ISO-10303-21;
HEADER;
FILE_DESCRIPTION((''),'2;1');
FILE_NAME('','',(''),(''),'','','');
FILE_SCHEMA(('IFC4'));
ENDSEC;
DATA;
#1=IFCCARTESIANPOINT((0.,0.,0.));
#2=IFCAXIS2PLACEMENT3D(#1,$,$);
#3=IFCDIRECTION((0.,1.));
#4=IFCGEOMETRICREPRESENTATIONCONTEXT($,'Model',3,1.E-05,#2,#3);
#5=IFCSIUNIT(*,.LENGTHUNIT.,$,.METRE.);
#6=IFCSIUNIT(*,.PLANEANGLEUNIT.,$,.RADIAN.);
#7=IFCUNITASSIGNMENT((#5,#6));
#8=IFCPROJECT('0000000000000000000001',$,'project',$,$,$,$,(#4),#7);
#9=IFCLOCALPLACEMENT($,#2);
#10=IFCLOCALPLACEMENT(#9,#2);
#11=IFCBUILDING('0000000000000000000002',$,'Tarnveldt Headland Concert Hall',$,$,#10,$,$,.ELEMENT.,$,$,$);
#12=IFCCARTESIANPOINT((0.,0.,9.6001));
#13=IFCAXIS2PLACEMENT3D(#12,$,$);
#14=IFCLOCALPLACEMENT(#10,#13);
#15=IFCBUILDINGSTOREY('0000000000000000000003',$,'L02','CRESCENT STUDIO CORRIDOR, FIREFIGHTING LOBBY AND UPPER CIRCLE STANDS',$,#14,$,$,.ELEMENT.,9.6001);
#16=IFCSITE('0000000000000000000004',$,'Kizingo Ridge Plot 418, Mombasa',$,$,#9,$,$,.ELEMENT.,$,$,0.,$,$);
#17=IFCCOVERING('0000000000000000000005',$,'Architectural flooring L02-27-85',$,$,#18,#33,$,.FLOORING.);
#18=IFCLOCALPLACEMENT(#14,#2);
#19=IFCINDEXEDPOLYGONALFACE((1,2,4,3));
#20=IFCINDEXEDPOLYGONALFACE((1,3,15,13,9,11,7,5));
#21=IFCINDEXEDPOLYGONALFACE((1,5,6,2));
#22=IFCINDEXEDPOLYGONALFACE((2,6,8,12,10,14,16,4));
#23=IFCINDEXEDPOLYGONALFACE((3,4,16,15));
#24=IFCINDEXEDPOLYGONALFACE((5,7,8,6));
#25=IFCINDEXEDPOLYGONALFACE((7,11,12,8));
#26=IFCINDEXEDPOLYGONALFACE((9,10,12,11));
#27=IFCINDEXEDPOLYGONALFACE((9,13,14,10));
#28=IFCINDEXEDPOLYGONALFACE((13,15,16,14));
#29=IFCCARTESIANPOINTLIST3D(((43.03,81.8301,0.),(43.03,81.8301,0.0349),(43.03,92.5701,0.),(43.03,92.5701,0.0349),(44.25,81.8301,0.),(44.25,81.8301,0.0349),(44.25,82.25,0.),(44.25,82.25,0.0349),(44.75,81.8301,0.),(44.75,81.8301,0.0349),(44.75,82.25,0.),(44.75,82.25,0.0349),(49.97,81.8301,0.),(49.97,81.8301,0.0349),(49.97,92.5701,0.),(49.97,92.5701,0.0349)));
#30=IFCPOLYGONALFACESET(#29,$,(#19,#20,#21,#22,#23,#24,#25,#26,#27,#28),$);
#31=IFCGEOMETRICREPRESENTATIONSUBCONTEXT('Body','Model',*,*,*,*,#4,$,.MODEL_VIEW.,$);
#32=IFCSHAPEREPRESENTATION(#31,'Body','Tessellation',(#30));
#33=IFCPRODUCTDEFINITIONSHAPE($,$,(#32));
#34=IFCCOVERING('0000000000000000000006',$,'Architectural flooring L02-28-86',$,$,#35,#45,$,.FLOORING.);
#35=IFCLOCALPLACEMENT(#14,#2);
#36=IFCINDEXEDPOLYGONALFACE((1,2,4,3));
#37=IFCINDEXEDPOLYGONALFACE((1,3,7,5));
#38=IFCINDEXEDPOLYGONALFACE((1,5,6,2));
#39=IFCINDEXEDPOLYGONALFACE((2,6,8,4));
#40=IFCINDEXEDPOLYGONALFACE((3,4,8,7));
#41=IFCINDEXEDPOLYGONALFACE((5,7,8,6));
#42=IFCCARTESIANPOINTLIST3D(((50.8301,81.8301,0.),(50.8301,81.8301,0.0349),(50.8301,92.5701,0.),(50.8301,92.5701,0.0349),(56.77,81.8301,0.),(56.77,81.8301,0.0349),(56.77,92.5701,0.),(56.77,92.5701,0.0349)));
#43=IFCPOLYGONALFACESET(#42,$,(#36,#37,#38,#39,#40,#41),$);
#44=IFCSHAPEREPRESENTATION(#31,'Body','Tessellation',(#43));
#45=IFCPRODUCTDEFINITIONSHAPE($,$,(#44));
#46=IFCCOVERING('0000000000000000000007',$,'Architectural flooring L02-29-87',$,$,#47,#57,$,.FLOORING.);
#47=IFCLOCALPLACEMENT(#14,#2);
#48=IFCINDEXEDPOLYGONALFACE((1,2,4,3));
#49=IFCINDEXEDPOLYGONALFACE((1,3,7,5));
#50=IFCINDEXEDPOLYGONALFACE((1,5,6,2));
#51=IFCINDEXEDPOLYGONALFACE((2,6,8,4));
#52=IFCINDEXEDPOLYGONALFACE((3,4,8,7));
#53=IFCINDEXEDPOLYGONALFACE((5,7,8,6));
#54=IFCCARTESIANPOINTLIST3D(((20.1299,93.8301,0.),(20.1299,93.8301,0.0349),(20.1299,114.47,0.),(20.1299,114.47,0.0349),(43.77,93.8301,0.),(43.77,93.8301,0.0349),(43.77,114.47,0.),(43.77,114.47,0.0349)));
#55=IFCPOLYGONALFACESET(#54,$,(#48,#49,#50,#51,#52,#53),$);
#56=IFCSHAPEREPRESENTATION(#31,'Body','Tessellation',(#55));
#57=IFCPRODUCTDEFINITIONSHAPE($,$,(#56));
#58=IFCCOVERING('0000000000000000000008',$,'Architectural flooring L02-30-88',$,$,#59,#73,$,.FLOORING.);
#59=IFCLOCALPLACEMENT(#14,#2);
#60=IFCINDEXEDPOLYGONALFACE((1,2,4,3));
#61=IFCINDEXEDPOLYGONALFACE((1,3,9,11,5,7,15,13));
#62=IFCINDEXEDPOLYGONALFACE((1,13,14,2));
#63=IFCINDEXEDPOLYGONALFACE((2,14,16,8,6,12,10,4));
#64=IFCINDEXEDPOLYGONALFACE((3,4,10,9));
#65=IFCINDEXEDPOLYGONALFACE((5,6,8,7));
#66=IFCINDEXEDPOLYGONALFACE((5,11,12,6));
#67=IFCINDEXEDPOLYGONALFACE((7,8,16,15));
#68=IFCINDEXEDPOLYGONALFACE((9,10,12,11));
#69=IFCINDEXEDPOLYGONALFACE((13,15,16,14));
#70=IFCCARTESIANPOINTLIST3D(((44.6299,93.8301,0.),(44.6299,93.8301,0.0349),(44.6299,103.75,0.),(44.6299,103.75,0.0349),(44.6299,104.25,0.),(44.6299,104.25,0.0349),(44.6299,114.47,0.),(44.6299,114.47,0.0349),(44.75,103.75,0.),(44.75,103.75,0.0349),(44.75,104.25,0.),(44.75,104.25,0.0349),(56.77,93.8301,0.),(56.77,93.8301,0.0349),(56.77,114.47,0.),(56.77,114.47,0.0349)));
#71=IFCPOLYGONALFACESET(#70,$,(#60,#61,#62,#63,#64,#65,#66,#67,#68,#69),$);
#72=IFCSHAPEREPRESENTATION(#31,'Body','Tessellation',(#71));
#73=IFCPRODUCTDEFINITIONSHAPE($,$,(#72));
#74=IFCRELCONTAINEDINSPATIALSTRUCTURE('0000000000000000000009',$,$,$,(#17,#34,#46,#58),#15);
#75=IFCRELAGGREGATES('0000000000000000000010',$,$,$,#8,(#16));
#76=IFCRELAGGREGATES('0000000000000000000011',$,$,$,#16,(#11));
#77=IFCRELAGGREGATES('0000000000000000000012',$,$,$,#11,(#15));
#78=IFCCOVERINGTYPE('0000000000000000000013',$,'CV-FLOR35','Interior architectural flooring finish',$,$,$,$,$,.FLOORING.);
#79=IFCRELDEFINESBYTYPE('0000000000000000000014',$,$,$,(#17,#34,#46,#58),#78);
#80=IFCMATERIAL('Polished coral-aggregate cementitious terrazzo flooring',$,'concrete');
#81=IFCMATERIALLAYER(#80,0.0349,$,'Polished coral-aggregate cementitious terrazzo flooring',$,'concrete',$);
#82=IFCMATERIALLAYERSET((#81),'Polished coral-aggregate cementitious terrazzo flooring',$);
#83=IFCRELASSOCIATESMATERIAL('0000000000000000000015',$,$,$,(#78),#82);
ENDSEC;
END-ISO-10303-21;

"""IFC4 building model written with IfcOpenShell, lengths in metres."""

from ifc_helpers import new_model, si_unit, direction, frame, origin, place, context, subcontext, project, spatial, polyline, outline, extrude, material, layer, layer_set, type_object, element, save


model = new_model("IFC4")

# Units and contexts
model_context = context("Model", 3, precision=1e-05, world=origin(), true_north=direction((0.0, 1.0)))
body_context = subcontext(model_context, "Body", "Model", "MODEL_VIEW")
ifc_project = project(units=[si_unit("LENGTHUNIT", "METRE"), si_unit("PLANEANGLEUNIT", "RADIAN")], contexts=[model_context])

# Site, building, storey
site_placement = place(None, origin())
site = spatial("IfcSite", under=ifc_project, at=site_placement, Name="Kizingo Ridge Plot 418, Mombasa", CompositionType="ELEMENT", RefElevation=0.0)
building_placement = place(site_placement, origin())
building = spatial("IfcBuilding", under=site, at=building_placement, Name="Tarnveldt Headland Concert Hall", CompositionType="ELEMENT")
storey_placement = place(building_placement, frame((0.0, 0.0, 9.6001)))
storey = spatial("IfcBuildingStorey", under=building, at=storey_placement, Name="L02", Description="CRESCENT STUDIO CORRIDOR, FIREFIGHTING LOBBY AND UPPER CIRCLE STANDS", CompositionType="ELEMENT", Elevation=9.6001)

# Coverings
ifc_material_1 = material(Name="Polished coral-aggregate cementitious terrazzo flooring", Category="concrete")
ifc_layer_1 = layer(ifc_material_1, 0.0349, Name="Polished coral-aggregate cementitious terrazzo flooring", Category="concrete")
ifc_layer_set_1 = layer_set([ifc_layer_1], Name="Polished coral-aggregate cementitious terrazzo flooring")
covering_type_1 = type_object("IfcCoveringType", Name="CV-FLOR35", Description="Interior architectural flooring finish", PredefinedType="FLOORING", material=ifc_layer_set_1)
covering_1_placement = place(storey_placement, origin())
element("IfcCovering", 1, at=covering_1_placement, inside=storey, type_object=covering_type_1, Name="Architectural flooring L02-27-85", PredefinedType="FLOORING", context=body_context, shape_type="SweptSolid", body=[
    extrude(outline(polyline([(49.97, 92.5701), (49.97, 81.8301), (44.75, 81.8301), (44.75, 82.25), (44.25, 82.25), (44.25, 81.8301), (43.03, 81.8301), (43.03, 92.5701), (49.97, 92.5701)])), origin(), (0.0, 0.0, 1.0), 0.0349),
])
covering_2_placement = place(storey_placement, origin())
element("IfcCovering", 2, at=covering_2_placement, inside=storey, type_object=covering_type_1, Name="Architectural flooring L02-28-86", PredefinedType="FLOORING", context=body_context, shape_type="SweptSolid", body=[
    extrude(outline(polyline([(50.8301, 92.5701), (56.77, 92.5701), (56.77, 81.8301), (50.8301, 81.8301), (50.8301, 92.5701)])), origin(), (0.0, 0.0, 1.0), 0.0349),
])
covering_3_placement = place(storey_placement, origin())
element("IfcCovering", 3, at=covering_3_placement, inside=storey, type_object=covering_type_1, Name="Architectural flooring L02-29-87", PredefinedType="FLOORING", context=body_context, shape_type="SweptSolid", body=[
    extrude(outline(polyline([(43.77, 114.47), (43.77, 93.8301), (20.1299, 93.8301), (20.1299, 114.47), (43.77, 114.47)])), origin(), (0.0, 0.0, 1.0), 0.0349),
])
covering_4_placement = place(storey_placement, origin())
element("IfcCovering", 4, at=covering_4_placement, inside=storey, type_object=covering_type_1, Name="Architectural flooring L02-30-88", PredefinedType="FLOORING", context=body_context, shape_type="SweptSolid", body=[
    extrude(outline(polyline([(44.75, 103.75), (44.75, 104.25), (44.6299, 104.25), (44.6299, 114.47), (56.77, 114.47), (56.77, 93.8301), (44.6299, 93.8301), (44.6299, 103.75), (44.75, 103.75)])), origin(), (0.0, 0.0, 1.0), 0.0349),
])

save(model, "model.ifc")
